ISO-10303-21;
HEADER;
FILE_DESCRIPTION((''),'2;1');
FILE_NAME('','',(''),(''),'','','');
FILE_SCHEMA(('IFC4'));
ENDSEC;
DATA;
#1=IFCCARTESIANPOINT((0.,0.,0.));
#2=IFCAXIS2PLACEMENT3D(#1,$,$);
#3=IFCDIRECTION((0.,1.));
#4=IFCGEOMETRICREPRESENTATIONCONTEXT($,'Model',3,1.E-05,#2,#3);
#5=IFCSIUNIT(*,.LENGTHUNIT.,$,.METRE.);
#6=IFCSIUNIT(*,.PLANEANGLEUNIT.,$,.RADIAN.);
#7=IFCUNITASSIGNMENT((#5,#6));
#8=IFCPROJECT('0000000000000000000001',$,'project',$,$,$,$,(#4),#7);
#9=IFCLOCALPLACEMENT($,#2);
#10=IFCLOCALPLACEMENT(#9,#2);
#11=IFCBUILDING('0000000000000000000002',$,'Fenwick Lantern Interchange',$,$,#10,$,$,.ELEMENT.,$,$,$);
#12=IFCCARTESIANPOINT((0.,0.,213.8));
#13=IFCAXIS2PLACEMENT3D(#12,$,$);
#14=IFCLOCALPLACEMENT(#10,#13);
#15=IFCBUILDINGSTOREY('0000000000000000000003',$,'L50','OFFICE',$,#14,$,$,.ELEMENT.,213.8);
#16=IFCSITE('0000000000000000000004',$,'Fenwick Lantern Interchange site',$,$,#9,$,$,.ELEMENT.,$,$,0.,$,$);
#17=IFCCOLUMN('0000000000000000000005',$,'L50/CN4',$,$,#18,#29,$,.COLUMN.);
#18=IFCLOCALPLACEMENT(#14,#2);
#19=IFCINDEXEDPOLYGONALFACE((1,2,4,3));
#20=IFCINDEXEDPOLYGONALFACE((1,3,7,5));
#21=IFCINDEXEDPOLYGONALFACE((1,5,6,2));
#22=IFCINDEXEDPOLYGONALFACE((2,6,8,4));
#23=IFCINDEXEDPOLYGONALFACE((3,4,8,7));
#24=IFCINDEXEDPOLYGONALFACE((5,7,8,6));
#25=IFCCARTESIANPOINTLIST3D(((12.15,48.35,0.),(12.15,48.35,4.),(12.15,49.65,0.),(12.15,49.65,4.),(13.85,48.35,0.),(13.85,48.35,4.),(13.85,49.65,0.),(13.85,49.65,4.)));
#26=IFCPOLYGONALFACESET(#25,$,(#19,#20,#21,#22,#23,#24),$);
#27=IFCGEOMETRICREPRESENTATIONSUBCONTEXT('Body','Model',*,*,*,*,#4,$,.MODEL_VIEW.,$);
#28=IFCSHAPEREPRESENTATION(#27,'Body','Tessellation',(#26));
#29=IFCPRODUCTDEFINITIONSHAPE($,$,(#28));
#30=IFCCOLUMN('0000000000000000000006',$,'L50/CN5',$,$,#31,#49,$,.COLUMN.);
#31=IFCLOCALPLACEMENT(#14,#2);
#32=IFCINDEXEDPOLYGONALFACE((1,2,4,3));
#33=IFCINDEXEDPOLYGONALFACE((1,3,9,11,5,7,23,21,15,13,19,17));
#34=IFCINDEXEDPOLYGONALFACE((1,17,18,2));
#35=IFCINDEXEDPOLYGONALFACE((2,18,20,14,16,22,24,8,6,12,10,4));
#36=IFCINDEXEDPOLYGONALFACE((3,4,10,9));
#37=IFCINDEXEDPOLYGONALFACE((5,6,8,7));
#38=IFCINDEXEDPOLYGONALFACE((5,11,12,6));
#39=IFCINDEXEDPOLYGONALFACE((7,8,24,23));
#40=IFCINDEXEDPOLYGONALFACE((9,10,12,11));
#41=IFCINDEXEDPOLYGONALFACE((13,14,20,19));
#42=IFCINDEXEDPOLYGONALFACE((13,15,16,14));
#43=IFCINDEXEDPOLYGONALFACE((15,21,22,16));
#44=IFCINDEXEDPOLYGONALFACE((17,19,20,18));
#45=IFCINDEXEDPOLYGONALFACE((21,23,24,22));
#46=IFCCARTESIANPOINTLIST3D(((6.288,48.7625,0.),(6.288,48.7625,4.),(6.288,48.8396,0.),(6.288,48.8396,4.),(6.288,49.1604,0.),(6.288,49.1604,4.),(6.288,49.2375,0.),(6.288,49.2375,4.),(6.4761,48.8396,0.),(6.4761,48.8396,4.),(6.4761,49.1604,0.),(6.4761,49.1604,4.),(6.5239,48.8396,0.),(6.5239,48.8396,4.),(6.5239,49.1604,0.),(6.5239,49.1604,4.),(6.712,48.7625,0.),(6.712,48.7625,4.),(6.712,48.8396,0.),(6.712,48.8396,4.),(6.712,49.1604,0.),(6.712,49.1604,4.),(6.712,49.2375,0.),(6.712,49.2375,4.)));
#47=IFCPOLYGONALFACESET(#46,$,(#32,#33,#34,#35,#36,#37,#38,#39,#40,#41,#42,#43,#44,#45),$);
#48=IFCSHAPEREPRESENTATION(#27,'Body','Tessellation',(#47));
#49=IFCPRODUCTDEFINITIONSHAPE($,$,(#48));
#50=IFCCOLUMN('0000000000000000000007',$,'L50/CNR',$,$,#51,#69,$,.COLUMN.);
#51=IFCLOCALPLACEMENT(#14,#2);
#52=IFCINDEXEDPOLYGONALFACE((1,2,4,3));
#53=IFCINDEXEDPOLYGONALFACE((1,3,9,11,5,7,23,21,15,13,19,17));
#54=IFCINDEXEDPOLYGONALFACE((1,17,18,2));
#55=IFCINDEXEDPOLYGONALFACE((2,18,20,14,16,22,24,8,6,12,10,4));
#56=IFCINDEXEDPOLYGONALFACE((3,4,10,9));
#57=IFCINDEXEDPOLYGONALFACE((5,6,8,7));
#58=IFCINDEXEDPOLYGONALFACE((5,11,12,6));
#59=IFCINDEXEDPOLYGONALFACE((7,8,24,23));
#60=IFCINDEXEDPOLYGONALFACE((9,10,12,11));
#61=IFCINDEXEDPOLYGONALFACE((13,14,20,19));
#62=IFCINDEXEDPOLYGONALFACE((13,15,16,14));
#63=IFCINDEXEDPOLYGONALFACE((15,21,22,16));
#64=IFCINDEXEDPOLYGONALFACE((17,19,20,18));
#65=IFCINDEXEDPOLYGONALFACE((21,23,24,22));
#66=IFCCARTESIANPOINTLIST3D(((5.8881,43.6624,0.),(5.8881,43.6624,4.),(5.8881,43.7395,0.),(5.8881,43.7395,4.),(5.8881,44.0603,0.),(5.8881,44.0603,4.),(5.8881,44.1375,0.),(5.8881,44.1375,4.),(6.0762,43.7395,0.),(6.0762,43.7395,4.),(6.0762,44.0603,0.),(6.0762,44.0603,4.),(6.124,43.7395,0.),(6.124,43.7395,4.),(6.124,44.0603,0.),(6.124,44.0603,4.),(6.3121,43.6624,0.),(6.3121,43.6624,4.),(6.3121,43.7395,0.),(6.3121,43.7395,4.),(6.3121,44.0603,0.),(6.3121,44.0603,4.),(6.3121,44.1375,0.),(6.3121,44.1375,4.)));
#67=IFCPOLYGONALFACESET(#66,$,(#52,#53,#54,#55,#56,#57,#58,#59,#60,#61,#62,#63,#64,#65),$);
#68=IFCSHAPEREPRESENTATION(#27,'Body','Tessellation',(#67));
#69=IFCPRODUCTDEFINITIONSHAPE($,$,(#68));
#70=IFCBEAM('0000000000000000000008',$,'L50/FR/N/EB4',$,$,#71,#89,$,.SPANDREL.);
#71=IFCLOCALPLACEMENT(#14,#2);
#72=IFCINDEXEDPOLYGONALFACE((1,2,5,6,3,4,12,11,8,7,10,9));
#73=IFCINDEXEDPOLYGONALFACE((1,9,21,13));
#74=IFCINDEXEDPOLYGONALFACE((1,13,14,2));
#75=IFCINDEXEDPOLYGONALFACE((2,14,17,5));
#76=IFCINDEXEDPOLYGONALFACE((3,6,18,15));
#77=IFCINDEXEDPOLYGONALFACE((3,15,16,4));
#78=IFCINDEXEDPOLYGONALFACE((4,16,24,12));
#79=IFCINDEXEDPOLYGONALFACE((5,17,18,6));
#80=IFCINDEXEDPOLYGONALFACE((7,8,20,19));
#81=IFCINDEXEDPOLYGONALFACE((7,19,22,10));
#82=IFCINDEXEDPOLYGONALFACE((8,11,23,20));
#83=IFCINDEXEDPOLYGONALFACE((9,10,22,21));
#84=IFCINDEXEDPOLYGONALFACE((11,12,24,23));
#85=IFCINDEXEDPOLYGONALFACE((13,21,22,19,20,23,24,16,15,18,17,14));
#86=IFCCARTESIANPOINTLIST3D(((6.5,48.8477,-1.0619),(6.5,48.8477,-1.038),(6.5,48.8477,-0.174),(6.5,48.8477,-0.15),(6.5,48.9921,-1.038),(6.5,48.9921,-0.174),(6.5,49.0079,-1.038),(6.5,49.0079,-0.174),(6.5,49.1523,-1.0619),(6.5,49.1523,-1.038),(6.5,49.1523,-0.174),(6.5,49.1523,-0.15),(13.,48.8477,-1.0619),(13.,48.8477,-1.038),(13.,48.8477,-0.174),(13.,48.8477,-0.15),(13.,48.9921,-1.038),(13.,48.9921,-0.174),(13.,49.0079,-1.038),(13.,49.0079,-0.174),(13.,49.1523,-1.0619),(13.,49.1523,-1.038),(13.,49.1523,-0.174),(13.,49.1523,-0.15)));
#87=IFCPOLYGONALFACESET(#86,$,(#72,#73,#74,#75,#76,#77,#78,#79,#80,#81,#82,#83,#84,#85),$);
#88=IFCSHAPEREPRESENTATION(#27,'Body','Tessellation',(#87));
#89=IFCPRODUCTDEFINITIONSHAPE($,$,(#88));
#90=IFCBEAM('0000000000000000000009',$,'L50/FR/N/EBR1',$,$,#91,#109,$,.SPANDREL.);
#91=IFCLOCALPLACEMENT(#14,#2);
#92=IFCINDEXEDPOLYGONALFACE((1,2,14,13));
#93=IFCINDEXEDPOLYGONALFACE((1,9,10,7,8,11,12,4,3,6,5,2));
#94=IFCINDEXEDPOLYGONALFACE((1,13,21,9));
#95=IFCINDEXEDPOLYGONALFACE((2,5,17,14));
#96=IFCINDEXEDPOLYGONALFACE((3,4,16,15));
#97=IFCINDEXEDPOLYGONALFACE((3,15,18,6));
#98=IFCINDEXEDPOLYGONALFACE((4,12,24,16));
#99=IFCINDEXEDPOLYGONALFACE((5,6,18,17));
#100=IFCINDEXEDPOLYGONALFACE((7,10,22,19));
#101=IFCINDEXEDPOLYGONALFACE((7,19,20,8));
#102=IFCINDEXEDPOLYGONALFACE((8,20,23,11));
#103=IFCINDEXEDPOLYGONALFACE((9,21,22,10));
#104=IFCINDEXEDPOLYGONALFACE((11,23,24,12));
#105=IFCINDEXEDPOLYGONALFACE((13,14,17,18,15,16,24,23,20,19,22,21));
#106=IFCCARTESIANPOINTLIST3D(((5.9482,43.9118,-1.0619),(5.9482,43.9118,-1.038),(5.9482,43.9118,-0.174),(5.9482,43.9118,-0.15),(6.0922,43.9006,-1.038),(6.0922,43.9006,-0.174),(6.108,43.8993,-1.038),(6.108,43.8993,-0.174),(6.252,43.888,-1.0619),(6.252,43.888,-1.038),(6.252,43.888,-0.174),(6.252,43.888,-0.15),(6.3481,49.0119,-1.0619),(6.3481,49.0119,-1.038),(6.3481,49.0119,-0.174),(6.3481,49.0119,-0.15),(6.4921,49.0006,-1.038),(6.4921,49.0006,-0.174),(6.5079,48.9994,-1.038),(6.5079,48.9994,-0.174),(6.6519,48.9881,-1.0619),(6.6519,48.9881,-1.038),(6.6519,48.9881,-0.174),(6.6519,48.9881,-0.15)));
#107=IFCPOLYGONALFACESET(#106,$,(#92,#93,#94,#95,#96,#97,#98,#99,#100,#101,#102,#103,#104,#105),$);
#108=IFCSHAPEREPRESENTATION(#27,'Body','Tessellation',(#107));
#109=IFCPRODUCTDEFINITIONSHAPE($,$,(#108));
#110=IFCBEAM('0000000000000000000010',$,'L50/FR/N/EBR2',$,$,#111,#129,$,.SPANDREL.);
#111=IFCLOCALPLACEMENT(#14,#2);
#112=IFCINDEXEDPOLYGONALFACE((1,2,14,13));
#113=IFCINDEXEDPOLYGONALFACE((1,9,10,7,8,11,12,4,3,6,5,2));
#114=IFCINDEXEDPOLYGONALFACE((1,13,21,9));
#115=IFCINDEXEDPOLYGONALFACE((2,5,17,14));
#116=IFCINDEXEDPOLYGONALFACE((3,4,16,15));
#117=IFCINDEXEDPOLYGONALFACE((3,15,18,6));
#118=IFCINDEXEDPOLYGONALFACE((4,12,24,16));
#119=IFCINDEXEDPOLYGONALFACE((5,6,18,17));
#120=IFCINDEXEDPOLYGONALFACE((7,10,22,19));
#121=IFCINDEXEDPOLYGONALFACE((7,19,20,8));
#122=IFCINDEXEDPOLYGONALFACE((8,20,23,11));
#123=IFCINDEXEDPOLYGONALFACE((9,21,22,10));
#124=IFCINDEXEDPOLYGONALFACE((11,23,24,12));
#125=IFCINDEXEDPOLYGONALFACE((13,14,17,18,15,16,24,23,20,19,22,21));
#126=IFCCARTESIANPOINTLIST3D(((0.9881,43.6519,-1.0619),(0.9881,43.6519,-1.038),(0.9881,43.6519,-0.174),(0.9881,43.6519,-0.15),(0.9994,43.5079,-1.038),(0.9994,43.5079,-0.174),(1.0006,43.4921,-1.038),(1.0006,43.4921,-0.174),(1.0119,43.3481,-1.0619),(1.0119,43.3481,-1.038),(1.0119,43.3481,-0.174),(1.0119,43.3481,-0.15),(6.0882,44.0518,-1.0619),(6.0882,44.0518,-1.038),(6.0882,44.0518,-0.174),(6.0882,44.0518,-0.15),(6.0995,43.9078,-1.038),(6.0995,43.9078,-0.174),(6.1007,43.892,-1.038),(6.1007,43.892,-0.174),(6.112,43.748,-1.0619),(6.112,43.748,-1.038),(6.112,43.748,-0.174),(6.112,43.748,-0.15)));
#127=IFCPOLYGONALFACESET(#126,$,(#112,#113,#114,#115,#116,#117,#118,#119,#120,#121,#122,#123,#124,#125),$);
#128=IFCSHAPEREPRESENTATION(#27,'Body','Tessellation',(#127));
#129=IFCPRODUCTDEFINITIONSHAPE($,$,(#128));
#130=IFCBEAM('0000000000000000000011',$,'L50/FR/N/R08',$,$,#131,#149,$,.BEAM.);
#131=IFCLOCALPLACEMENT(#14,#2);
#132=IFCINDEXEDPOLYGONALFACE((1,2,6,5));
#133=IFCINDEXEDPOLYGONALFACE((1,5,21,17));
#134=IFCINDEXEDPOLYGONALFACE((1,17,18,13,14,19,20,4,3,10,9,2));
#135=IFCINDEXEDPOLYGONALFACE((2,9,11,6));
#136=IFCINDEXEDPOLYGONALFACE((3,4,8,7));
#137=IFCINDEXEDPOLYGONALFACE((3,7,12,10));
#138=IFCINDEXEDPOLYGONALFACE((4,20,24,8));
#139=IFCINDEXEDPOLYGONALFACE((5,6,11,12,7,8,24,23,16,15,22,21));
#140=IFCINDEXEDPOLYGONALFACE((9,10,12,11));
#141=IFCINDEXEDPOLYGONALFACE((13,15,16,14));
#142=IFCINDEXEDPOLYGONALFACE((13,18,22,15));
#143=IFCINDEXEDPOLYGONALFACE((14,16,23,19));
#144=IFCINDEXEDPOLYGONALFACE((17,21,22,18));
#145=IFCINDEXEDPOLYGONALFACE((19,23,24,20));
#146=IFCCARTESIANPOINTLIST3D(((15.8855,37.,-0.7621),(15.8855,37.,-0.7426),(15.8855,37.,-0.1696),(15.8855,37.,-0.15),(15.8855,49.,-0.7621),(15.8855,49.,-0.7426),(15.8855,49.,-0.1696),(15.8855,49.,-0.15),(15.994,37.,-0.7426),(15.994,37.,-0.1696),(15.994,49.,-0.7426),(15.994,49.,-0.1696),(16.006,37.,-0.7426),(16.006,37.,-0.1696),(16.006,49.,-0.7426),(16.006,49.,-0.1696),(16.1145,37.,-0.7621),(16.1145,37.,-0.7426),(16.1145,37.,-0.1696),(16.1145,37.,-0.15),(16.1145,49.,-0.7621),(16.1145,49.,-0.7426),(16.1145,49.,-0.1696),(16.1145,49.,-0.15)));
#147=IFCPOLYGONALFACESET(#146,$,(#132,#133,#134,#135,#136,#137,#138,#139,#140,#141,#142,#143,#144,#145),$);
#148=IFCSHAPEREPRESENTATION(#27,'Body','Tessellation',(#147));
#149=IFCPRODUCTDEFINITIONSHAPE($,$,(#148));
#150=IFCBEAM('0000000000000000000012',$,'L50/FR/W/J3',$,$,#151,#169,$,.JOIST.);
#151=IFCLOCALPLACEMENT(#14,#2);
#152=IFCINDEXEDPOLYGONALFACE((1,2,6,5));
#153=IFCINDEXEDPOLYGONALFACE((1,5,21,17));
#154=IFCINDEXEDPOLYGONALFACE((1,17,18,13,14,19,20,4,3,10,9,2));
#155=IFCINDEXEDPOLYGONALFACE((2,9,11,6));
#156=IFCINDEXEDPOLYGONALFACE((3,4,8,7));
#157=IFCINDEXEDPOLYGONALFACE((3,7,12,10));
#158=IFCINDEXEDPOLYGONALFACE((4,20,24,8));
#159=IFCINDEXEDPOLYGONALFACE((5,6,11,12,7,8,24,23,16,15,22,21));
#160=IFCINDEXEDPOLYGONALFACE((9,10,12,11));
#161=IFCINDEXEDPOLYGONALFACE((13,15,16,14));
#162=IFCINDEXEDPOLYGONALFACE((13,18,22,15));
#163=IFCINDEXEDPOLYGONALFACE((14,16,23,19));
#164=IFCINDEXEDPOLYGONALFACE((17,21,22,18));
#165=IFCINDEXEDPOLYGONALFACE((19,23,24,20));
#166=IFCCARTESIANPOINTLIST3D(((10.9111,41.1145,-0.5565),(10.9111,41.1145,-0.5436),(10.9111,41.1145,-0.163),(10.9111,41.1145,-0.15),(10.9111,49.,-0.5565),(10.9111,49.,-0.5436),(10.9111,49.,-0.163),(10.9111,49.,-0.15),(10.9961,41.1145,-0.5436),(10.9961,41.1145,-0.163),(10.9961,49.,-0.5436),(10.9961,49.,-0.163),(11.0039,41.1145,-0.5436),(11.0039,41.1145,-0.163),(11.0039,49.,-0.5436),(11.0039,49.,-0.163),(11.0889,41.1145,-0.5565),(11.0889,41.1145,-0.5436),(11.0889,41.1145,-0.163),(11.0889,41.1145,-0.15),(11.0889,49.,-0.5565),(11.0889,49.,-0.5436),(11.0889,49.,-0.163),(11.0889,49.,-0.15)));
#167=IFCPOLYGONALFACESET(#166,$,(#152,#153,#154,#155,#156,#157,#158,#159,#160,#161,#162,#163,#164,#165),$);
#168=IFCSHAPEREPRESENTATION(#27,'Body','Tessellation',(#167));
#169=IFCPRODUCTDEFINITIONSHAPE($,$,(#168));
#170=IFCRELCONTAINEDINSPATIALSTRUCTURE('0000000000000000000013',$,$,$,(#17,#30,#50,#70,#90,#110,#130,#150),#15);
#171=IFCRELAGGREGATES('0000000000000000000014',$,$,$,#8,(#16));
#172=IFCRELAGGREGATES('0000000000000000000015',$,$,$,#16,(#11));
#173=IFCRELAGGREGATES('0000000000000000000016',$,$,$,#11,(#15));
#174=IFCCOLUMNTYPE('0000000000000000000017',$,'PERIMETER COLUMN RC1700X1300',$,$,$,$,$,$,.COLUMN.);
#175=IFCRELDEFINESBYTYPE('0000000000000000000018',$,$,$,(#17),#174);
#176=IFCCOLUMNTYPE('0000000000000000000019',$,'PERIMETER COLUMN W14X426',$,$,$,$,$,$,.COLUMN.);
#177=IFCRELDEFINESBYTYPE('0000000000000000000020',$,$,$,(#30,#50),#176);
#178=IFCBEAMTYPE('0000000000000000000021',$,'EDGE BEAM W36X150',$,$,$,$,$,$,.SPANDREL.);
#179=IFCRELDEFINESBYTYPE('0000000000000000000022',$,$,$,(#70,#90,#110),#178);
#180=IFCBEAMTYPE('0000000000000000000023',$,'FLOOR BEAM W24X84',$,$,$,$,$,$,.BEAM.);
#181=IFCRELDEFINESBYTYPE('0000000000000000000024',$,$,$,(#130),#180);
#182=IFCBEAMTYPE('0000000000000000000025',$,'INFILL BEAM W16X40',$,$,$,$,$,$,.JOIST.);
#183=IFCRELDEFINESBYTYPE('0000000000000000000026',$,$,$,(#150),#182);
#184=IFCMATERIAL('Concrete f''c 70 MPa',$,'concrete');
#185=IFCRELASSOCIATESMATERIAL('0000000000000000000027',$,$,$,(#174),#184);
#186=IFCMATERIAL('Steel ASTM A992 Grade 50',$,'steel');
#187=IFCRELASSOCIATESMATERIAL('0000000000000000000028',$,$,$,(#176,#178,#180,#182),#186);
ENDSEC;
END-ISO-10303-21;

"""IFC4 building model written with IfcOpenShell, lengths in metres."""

from ifc_helpers import new_model, si_unit, direction, frame, origin, origin_2d, place, context, subcontext, project, spatial, rectangle, i_section, extrude, material, material_profile, profile_set, type_object, element, save


model = new_model("IFC4")

# Units and contexts
model_context = context("Model", 3, precision=1e-05, world=origin(), true_north=direction((0.0, 1.0)))
body_context = subcontext(model_context, "Body", "Model", "MODEL_VIEW")
ifc_project = project(units=[si_unit("LENGTHUNIT", "METRE"), si_unit("PLANEANGLEUNIT", "RADIAN")], contexts=[model_context])

# Site, building, storey
site_placement = place(None, origin())
site = spatial("IfcSite", under=ifc_project, at=site_placement, Name="Fenwick Lantern Interchange site", CompositionType="ELEMENT", RefElevation=0.0)
building_placement = place(site_placement, origin())
building = spatial("IfcBuilding", under=site, at=building_placement, Name="Fenwick Lantern Interchange", CompositionType="ELEMENT")
storey_placement = place(building_placement, frame((0.0, 0.0, 213.8)))
storey = spatial("IfcBuildingStorey", under=building, at=storey_placement, Name="L50", Description="OFFICE", CompositionType="ELEMENT", Elevation=213.8)

# Columns
ifc_material_1 = material(Name="Concrete f'c 70 MPa", Category="concrete")
ifc_material_profile_1 = material_profile(ifc_material_1, rectangle(XDim=1.7, YDim=1.3, at=origin_2d()), Name="RC1700X1300")
ifc_profile_set_1 = profile_set([ifc_material_profile_1], Name="Concrete f'c 70 MPa")
column_type_1 = type_object("IfcColumnType", Name="PERIMETER COLUMN RC1700X1300", PredefinedType="COLUMN", material=ifc_profile_set_1)
column_placement = place(storey_placement, frame((13.0, 49.0, 0.0), z_axis=(0.0, 0.0, 1.0), x_axis=(1.0, 0.0, 0.0)))
element("IfcColumn", 1, at=column_placement, inside=storey, type_object=column_type_1, Name="L50/CN4", PredefinedType="COLUMN", context=body_context, shape_type="SweptSolid", body=[
    extrude(rectangle(XDim=1.7, YDim=1.3, at=origin_2d()), origin(), (0.0, 0.0, 1.0), 4.0),
])
ifc_material_2 = material(Name="Steel ASTM A992 Grade 50", Category="steel")
ifc_material_profile_2 = material_profile(ifc_material_2, i_section(OverallWidth=0.4241, OverallDepth=0.4751, WebThickness=0.0479, FlangeThickness=0.0771, at=origin_2d()), Name="W14X426")
ifc_profile_set_2 = profile_set([ifc_material_profile_2], Name="Steel ASTM A992 Grade 50")
column_type_2 = type_object("IfcColumnType", Name="PERIMETER COLUMN W14X426", PredefinedType="COLUMN", material=ifc_profile_set_2)
for number, where, z_axis, x_axis, name in (
    (2, (6.5, 49.0, 0.0), (0.0, 0.0, 1.0), (1.0, 0.0, 0.0), "L50/CN5"),
    (3, (6.1001, 43.8999, 0.0), (0.0, 0.0, 1.0), (1.0, 0.0, 0.0), "L50/CNR"),
):
    element("IfcColumn", number, at=place(storey_placement, frame(where, z_axis=z_axis, x_axis=x_axis)), inside=storey, type_object=column_type_2, Name=name, PredefinedType="COLUMN", context=body_context, shape_type="SweptSolid", body=[
        extrude(i_section(OverallWidth=0.4241, OverallDepth=0.4751, WebThickness=0.0479, FlangeThickness=0.0771, at=origin_2d()), origin(), (0.0, 0.0, 1.0), 4.0),
    ])

# Beams
ifc_material_profile_3 = material_profile(ifc_material_2, i_section(OverallWidth=0.3047, OverallDepth=0.9119, WebThickness=0.0159, FlangeThickness=0.0239, at=origin_2d()), Name="W36X150")
ifc_profile_set_3 = profile_set([ifc_material_profile_3], Name="Steel ASTM A992 Grade 50")
beam_type_1 = type_object("IfcBeamType", Name="EDGE BEAM W36X150", PredefinedType="SPANDREL", material=ifc_profile_set_3)
beam_1_placement = place(storey_placement, frame((13.0, 49.0, -0.606), z_axis=(-1.0, 0.0, 0.0), x_axis=(0.0, -1.0, 0.0)))
element("IfcBeam", 4, at=beam_1_placement, inside=storey, type_object=beam_type_1, Name="L50/FR/N/EB4", PredefinedType="SPANDREL", context=body_context, shape_type="SweptSolid", body=[
    extrude(i_section(OverallWidth=0.3047, OverallDepth=0.9119, WebThickness=0.0159, FlangeThickness=0.0239, at=origin_2d()), origin(), (0.0, 0.0, 1.0), 6.5),
])
for number, where, z_axis, x_axis, name in (
    (5, (6.5, 49.0, -0.606), (-0.078171, -0.99694, 0.0), (0.99694, -0.078171, 0.0), "L50/FR/N/EBR1"),
    (6, (6.1001, 43.8999, -0.606), (-0.99694, -0.078171, 0.0), (0.078171, -0.99694, 0.0), "L50/FR/N/EBR2"),
):
    element("IfcBeam", number, at=place(storey_placement, frame(where, z_axis=z_axis, x_axis=x_axis)), inside=storey, type_object=beam_type_1, Name=name, PredefinedType="SPANDREL", context=body_context, shape_type="SweptSolid", body=[
        extrude(i_section(OverallWidth=0.3047, OverallDepth=0.9119, WebThickness=0.0159, FlangeThickness=0.0239, at=origin_2d()), origin(), (0.0, 0.0, 1.0), 5.1157),
    ])
ifc_material_profile_4 = material_profile(ifc_material_2, i_section(OverallWidth=0.229, OverallDepth=0.6121, WebThickness=0.012, FlangeThickness=0.0195, at=origin_2d()), Name="W24X84")
ifc_profile_set_4 = profile_set([ifc_material_profile_4], Name="Steel ASTM A992 Grade 50")
beam_type_2 = type_object("IfcBeamType", Name="FLOOR BEAM W24X84", PredefinedType="BEAM", material=ifc_profile_set_4)
beam_2_placement = place(storey_placement, frame((16.0, 49.0, -0.4561), z_axis=(0.0, -1.0, 0.0), x_axis=(1.0, 0.0, 0.0)))
element("IfcBeam", 7, at=beam_2_placement, inside=storey, type_object=beam_type_2, Name="L50/FR/N/R08", PredefinedType="BEAM", context=body_context, shape_type="SweptSolid", body=[
    extrude(i_section(OverallWidth=0.229, OverallDepth=0.6121, WebThickness=0.012, FlangeThickness=0.0195, at=origin_2d()), origin(), (0.0, 0.0, 1.0), 12.0),
])
ifc_material_profile_5 = material_profile(ifc_material_2, i_section(OverallWidth=0.1777, OverallDepth=0.4065, WebThickness=0.0078, FlangeThickness=0.0129, at=origin_2d()), Name="W16X40")
ifc_profile_set_5 = profile_set([ifc_material_profile_5], Name="Steel ASTM A992 Grade 50")
beam_type_3 = type_object("IfcBeamType", Name="INFILL BEAM W16X40", PredefinedType="JOIST", material=ifc_profile_set_5)
beam_3_placement = place(storey_placement, frame((11.0, 49.0, -0.3533), z_axis=(0.0, -1.0, 0.0), x_axis=(1.0, 0.0, 0.0)))
element("IfcBeam", 8, at=beam_3_placement, inside=storey, type_object=beam_type_3, Name="L50/FR/W/J3", PredefinedType="JOIST", context=body_context, shape_type="SweptSolid", body=[
    extrude(i_section(OverallWidth=0.1777, OverallDepth=0.4065, WebThickness=0.0078, FlangeThickness=0.0129, at=origin_2d()), origin(), (0.0, 0.0, 1.0), 7.8855),
])

save(model, "model.ifc")
